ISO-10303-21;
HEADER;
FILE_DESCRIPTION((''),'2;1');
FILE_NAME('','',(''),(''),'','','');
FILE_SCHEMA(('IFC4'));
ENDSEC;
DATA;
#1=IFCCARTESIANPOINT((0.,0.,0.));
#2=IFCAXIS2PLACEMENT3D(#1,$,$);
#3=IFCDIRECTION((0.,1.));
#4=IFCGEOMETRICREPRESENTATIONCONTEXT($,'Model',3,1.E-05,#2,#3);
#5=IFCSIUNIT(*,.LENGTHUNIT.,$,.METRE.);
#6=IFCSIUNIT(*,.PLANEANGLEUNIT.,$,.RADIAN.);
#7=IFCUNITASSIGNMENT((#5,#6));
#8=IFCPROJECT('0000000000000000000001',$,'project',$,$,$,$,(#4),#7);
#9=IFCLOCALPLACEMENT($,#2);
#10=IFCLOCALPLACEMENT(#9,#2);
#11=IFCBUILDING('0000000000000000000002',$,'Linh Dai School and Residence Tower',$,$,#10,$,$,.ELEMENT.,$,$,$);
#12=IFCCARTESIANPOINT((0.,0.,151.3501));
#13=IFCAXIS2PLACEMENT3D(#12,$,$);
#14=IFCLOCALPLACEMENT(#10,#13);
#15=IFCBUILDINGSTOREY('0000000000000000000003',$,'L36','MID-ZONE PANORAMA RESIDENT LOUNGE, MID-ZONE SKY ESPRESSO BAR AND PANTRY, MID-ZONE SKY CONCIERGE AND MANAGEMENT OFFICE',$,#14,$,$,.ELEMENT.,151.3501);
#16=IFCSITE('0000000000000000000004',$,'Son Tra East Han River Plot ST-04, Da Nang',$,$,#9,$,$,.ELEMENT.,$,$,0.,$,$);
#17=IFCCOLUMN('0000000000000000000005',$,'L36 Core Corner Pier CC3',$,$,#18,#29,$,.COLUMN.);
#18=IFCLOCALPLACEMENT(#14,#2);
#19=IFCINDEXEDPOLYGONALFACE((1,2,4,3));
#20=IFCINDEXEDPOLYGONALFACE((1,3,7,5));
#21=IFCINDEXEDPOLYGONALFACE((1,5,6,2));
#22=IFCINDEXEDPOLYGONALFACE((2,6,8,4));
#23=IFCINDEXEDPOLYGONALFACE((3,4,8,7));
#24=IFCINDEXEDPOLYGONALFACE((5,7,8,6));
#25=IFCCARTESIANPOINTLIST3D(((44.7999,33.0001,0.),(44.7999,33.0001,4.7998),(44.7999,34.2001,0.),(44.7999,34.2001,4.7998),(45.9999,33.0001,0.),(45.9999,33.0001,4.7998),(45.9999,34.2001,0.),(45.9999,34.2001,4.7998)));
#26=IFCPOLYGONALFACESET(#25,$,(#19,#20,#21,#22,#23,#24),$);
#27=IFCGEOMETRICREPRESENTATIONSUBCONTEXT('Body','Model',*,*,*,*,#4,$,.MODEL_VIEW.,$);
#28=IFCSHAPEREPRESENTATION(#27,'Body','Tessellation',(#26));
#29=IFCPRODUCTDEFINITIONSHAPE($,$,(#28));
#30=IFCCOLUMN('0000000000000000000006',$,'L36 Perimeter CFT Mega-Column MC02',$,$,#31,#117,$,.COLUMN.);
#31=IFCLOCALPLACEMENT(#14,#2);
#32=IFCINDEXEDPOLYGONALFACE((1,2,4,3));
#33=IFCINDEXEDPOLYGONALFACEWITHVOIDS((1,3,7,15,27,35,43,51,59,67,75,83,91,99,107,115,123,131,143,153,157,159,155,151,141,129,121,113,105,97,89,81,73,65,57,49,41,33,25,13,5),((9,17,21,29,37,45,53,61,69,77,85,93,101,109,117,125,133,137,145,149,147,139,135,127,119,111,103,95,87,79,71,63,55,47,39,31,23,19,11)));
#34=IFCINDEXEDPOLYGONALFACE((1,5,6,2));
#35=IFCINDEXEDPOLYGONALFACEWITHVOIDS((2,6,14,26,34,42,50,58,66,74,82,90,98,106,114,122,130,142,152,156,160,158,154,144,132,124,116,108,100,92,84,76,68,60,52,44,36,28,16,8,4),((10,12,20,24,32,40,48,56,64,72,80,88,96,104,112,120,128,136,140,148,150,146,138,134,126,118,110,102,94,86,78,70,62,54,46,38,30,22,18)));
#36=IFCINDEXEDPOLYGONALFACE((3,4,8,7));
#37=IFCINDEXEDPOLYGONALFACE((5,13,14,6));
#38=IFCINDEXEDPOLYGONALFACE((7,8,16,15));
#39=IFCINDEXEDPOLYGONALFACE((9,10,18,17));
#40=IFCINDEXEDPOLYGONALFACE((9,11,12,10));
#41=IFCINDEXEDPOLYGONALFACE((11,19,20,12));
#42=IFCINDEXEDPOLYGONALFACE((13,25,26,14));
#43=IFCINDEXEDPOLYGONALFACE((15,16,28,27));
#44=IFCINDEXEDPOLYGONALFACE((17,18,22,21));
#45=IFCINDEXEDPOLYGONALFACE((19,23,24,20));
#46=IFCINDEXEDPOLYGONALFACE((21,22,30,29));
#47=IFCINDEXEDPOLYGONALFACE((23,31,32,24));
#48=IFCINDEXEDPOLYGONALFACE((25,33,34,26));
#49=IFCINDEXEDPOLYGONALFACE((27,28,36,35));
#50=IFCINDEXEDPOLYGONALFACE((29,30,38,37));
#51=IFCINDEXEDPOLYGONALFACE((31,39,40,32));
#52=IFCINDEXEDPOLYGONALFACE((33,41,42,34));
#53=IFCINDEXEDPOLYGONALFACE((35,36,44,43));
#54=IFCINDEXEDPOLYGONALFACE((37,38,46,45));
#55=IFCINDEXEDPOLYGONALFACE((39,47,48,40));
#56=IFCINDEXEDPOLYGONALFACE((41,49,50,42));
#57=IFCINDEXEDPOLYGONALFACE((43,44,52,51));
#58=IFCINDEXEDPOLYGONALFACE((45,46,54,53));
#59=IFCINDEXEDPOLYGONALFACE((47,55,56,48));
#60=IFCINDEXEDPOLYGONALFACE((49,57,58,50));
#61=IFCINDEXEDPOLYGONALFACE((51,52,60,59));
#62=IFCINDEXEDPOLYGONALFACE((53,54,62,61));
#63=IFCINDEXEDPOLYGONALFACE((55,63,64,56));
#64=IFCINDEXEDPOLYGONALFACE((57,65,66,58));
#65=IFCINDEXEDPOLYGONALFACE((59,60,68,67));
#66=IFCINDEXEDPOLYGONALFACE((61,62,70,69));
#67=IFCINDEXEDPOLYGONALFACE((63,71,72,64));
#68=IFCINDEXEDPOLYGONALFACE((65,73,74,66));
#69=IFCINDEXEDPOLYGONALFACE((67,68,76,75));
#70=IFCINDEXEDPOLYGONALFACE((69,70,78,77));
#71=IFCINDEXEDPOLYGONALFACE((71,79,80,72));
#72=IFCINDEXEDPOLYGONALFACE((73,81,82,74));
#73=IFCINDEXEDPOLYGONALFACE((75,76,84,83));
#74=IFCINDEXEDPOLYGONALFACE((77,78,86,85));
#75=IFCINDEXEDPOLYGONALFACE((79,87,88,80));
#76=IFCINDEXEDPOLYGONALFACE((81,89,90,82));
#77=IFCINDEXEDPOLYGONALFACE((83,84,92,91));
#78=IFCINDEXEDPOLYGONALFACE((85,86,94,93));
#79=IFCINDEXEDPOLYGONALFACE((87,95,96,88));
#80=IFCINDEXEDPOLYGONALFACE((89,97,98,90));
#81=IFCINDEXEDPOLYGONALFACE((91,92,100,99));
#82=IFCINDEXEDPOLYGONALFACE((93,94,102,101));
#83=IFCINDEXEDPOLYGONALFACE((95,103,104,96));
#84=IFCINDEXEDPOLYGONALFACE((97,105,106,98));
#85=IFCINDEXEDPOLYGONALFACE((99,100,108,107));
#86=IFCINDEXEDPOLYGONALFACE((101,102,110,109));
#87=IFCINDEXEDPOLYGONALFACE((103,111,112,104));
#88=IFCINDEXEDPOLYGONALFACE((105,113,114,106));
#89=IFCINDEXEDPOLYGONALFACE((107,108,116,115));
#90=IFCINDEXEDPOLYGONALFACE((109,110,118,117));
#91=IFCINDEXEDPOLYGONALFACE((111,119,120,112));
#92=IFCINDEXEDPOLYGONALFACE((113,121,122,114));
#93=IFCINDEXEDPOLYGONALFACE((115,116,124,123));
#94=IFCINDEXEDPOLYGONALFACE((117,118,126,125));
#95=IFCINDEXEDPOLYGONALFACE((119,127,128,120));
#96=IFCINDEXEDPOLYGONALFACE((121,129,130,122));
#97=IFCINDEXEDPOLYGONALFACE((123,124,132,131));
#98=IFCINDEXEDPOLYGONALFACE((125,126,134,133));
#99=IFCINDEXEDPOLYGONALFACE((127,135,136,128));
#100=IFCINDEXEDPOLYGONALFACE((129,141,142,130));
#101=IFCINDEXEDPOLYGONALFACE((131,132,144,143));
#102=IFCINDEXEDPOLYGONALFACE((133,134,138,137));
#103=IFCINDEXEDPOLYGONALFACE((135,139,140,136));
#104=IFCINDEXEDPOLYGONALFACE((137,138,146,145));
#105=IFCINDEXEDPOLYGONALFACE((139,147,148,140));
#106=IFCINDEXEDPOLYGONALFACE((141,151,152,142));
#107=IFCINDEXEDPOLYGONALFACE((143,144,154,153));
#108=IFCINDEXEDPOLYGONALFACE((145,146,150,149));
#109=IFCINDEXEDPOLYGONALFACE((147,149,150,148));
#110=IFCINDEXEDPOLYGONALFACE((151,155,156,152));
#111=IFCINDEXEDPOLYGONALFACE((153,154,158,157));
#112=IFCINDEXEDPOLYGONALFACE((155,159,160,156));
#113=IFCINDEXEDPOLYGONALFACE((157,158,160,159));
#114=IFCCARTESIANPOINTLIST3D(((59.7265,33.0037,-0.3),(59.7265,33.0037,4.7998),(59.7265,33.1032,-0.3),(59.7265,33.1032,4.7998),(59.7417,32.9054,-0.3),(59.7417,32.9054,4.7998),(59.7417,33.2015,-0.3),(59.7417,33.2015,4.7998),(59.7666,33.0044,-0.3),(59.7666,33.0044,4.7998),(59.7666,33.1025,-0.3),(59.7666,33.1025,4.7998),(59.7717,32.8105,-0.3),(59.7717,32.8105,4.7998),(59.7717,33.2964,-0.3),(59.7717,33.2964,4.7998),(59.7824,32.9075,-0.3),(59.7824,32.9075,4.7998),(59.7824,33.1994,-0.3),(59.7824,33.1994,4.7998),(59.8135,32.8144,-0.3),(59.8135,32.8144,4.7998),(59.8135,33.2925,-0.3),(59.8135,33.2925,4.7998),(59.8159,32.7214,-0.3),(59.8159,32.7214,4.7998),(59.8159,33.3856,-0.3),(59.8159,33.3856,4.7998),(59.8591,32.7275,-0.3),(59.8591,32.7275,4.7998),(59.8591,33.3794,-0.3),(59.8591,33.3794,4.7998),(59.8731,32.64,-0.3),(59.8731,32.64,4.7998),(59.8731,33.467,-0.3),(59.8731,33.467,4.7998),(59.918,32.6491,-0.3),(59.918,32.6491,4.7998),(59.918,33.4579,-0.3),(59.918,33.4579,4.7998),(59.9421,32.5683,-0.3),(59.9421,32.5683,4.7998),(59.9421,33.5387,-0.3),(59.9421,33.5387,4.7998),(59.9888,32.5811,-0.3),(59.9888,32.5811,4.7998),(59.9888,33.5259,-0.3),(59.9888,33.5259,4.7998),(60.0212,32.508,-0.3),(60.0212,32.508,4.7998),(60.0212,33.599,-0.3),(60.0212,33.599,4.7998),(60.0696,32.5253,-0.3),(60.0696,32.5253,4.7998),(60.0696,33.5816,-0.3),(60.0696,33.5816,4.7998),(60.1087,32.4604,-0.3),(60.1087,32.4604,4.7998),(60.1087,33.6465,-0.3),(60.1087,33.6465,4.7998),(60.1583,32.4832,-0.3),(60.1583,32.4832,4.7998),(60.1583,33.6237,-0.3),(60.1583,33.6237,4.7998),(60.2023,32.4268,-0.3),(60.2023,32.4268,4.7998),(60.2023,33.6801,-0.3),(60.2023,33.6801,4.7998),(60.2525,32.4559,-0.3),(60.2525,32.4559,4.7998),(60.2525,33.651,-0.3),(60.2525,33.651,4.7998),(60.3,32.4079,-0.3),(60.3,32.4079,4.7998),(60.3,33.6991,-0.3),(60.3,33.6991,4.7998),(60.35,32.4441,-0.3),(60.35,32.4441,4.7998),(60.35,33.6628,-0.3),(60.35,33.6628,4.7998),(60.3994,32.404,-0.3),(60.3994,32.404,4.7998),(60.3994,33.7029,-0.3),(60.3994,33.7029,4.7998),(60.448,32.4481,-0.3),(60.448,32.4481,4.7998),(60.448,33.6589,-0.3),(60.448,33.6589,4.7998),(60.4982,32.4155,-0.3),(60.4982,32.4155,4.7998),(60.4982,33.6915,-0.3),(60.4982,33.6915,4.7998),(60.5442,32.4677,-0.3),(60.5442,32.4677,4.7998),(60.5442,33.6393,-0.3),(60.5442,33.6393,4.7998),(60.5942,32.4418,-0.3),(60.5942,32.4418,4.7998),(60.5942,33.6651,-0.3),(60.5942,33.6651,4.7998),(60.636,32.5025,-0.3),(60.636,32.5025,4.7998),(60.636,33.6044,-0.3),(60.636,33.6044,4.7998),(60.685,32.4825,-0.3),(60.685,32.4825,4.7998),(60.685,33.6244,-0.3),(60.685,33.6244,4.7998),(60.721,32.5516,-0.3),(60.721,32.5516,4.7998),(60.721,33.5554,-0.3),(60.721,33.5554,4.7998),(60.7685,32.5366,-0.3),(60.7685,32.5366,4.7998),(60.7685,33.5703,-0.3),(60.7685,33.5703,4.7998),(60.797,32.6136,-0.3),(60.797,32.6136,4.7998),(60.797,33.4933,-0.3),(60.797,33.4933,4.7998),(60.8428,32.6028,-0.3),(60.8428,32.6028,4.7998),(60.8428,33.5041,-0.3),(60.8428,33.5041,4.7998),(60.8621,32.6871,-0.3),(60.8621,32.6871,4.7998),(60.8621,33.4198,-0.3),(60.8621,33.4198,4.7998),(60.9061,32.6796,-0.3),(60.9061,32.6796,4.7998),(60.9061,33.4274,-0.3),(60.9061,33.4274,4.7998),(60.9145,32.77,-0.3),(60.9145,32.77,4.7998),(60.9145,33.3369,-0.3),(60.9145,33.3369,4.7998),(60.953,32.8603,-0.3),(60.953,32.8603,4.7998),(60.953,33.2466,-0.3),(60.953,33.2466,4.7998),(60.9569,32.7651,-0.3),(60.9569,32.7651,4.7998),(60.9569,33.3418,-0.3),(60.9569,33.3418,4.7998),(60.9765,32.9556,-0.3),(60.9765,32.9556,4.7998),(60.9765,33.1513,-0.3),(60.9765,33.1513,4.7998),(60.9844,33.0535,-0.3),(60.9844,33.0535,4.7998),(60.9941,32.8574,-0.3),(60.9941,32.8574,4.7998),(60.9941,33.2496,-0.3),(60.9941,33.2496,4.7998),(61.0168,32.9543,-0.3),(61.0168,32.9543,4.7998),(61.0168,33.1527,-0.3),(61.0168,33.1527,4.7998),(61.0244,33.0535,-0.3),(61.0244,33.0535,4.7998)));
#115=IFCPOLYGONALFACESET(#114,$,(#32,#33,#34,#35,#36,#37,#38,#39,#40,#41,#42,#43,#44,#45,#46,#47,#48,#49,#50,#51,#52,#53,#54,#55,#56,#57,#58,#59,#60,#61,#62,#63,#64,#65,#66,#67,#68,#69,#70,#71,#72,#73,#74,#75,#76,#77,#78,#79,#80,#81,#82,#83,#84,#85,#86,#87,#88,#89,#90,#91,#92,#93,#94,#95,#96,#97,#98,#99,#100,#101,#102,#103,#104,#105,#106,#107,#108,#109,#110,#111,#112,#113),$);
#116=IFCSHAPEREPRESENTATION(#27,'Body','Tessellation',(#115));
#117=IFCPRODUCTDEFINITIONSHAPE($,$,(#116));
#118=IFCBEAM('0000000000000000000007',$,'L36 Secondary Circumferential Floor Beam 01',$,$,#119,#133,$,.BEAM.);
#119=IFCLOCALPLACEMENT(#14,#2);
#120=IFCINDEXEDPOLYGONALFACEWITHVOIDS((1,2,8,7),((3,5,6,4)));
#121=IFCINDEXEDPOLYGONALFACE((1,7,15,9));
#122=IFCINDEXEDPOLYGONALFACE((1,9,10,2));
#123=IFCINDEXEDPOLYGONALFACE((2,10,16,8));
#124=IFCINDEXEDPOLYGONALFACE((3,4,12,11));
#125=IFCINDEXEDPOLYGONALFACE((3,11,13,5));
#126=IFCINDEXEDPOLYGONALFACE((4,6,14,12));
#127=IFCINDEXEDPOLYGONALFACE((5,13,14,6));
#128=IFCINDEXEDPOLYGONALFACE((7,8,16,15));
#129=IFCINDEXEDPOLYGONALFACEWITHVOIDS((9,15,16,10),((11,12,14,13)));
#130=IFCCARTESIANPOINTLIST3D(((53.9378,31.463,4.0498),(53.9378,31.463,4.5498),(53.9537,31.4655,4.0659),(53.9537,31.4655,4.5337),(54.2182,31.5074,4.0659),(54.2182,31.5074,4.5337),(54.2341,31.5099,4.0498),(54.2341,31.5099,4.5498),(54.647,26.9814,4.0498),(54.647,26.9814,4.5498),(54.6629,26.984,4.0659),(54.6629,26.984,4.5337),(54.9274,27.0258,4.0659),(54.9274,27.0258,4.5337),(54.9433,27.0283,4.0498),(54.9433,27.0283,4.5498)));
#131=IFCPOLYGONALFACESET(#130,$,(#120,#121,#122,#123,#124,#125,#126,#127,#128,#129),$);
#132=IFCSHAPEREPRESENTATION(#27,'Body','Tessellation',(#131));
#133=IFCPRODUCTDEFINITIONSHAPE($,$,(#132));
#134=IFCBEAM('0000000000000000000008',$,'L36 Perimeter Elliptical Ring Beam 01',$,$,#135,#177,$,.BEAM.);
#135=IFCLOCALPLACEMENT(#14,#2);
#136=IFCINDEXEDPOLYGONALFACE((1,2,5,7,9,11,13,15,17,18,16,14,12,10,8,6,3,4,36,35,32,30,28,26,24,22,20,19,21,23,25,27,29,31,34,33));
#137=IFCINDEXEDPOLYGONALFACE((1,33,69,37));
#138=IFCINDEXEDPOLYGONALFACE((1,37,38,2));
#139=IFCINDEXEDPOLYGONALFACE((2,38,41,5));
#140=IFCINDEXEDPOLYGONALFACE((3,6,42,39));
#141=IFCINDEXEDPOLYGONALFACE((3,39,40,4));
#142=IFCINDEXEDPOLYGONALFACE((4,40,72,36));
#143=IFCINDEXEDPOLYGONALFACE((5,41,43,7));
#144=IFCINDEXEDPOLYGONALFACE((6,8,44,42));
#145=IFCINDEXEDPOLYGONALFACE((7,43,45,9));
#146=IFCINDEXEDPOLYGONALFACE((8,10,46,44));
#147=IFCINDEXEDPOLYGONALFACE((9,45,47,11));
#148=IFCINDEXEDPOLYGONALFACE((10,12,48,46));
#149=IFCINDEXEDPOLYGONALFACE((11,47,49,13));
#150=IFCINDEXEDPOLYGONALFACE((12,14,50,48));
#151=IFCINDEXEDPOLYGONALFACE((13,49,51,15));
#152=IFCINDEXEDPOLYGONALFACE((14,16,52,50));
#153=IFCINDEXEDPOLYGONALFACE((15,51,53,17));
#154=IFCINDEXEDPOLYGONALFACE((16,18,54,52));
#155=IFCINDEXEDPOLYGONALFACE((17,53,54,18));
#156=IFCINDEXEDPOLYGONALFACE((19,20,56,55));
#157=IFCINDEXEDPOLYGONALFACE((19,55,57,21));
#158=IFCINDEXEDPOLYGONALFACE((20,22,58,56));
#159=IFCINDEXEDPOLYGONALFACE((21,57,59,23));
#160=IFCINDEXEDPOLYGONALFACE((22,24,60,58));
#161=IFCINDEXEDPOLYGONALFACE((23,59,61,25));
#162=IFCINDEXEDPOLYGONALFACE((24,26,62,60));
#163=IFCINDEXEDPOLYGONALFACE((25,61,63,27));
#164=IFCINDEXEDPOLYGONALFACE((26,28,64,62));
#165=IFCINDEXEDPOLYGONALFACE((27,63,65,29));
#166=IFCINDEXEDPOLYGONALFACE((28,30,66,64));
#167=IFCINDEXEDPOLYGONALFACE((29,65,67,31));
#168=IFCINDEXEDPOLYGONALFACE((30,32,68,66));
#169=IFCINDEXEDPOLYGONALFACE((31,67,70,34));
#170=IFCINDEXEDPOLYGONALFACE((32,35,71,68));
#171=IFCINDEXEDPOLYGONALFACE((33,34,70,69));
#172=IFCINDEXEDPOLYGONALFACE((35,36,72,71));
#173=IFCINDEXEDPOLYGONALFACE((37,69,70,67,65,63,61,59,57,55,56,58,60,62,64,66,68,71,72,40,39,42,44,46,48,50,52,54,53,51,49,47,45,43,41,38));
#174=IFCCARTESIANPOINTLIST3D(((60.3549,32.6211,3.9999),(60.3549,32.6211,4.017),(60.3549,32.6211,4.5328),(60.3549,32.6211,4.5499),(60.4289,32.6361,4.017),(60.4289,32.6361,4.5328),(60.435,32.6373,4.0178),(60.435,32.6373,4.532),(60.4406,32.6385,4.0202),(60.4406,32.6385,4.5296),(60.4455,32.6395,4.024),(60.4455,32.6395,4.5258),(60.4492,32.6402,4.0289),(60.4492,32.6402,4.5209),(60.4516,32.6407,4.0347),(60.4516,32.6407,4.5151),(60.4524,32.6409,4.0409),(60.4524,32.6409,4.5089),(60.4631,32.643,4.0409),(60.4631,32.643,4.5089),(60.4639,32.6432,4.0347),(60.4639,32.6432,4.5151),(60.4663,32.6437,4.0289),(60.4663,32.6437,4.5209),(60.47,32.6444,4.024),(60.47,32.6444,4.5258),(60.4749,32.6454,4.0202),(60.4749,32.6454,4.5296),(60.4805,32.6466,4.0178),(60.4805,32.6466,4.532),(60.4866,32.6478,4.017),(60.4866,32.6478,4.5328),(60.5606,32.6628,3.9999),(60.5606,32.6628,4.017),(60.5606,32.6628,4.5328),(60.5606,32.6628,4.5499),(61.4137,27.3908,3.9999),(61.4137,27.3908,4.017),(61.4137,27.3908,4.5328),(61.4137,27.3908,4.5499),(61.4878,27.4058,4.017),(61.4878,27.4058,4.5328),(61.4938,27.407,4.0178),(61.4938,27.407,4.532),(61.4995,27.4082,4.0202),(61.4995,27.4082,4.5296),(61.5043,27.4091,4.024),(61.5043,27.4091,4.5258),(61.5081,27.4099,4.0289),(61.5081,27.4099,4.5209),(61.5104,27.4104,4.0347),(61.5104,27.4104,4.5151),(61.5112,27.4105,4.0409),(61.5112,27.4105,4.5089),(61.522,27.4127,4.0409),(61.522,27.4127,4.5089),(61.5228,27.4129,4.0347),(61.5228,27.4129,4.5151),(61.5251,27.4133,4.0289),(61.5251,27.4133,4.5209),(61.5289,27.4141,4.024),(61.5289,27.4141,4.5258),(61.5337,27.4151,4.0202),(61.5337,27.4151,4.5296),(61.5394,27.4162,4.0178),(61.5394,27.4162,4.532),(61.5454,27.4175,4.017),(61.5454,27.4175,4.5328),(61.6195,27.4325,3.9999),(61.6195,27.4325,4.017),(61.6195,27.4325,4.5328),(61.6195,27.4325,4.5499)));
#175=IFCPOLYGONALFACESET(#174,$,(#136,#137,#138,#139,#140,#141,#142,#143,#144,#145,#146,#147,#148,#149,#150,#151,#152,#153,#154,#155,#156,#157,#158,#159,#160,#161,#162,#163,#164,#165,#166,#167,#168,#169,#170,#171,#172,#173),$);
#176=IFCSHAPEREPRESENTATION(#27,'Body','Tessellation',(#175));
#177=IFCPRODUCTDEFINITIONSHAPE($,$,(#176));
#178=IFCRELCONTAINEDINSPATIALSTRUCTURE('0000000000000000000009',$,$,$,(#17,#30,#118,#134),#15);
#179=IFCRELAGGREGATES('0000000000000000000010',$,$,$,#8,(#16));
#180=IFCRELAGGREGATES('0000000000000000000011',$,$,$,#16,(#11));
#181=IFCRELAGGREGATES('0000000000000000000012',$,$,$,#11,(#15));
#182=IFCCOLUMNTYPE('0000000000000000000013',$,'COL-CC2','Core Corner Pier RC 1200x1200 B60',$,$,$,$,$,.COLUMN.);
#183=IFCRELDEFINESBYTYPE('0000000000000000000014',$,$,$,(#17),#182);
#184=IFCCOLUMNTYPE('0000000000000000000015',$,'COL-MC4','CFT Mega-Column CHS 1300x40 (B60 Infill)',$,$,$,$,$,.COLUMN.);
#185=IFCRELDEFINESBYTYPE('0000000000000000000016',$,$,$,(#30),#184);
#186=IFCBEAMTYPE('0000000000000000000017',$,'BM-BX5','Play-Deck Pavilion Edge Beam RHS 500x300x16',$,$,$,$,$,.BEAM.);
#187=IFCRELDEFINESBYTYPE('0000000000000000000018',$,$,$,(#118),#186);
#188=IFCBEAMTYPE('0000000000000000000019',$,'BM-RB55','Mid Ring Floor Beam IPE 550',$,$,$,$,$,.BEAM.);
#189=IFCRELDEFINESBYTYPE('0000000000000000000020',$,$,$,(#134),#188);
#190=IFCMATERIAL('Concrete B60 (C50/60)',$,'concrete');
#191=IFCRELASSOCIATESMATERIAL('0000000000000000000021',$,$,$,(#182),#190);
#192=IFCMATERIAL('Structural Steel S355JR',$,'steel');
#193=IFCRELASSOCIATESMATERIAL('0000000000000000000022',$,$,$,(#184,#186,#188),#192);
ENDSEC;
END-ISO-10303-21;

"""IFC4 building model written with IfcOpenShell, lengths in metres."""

from ifc_helpers import new_model, si_unit, direction, frame, origin, origin_2d, place, context, subcontext, project, spatial, rectangle, hollow_rectangle, hollow_circle, i_section, extrude, material, material_profile, profile_set, type_object, element, save


model = new_model("IFC4")

# Units and contexts
model_context = context("Model", 3, precision=1e-05, world=origin(), true_north=direction((0.0, 1.0)))
body_context = subcontext(model_context, "Body", "Model", "MODEL_VIEW")
ifc_project = project(units=[si_unit("LENGTHUNIT", "METRE"), si_unit("PLANEANGLEUNIT", "RADIAN")], contexts=[model_context])

# Site, building, storey
site_placement = place(None, origin())
site = spatial("IfcSite", under=ifc_project, at=site_placement, Name="Son Tra East Han River Plot ST-04, Da Nang", CompositionType="ELEMENT", RefElevation=0.0)
building_placement = place(site_placement, origin())
building = spatial("IfcBuilding", under=site, at=building_placement, Name="Linh Dai School and Residence Tower", CompositionType="ELEMENT")
storey_placement = place(building_placement, frame((0.0, 0.0, 151.3501)))
storey = spatial("IfcBuildingStorey", under=building, at=storey_placement, Name="L36", Description="MID-ZONE PANORAMA RESIDENT LOUNGE, MID-ZONE SKY ESPRESSO BAR AND PANTRY, MID-ZONE SKY CONCIERGE AND MANAGEMENT OFFICE", CompositionType="ELEMENT", Elevation=151.3501)

# Columns
ifc_material_1 = material(Name="Concrete B60 (C50/60)", Category="concrete")
ifc_material_profile_1 = material_profile(ifc_material_1, rectangle(XDim=1.2, YDim=1.2, at=origin_2d()), Name="RC 1200x1200")
ifc_profile_set_1 = profile_set([ifc_material_profile_1], Name="Concrete B60 (C50/60)")
column_type_1 = type_object("IfcColumnType", Name="COL-CC2", Description="Core Corner Pier RC 1200x1200 B60", PredefinedType="COLUMN", material=ifc_profile_set_1)
column_1_placement = place(storey_placement, frame((45.3999, 33.6001, 0.0), z_axis=(0.0, 0.0, 1.0), x_axis=(1.0, 0.0, 0.0)))
element("IfcColumn", 1, at=column_1_placement, inside=storey, type_object=column_type_1, Name="L36 Core Corner Pier CC3", PredefinedType="COLUMN", context=body_context, shape_type="SweptSolid", body=[
    extrude(rectangle(XDim=1.2, YDim=1.2, at=origin_2d()), origin(), (0.0, 0.0, 1.0), 4.7998),
])
ifc_material_2 = material(Name="Structural Steel S355JR", Category="steel")
ifc_material_profile_2 = material_profile(ifc_material_2, hollow_circle(Radius=0.6499, WallThickness=0.04, at=origin_2d()), Name="CHS 1300x40")
ifc_profile_set_2 = profile_set([ifc_material_profile_2], Name="Structural Steel S355JR")
column_type_2 = type_object("IfcColumnType", Name="COL-MC4", Description="CFT Mega-Column CHS 1300x40 (B60 Infill)", PredefinedType="COLUMN", material=ifc_profile_set_2)
column_2_placement = place(storey_placement, frame((60.3745, 33.0535, -0.3), z_axis=(0.0, 0.0, 1.0), x_axis=(1.0, 0.0, 0.0)))
element("IfcColumn", 2, at=column_2_placement, inside=storey, type_object=column_type_2, Name="L36 Perimeter CFT Mega-Column MC02", PredefinedType="COLUMN", context=body_context, shape_type="SweptSolid", body=[
    extrude(hollow_circle(Radius=0.6499, WallThickness=0.04, at=origin_2d()), origin(), (0.0, 0.0, 1.0), 5.0999),
])

# Beams
ifc_material_profile_3 = material_profile(ifc_material_2, hollow_rectangle(XDim=0.3, YDim=0.5, WallThickness=0.0161, at=origin_2d()), Name="RHS 500x300x16")
ifc_profile_set_3 = profile_set([ifc_material_profile_3], Name="Structural Steel S355JR")
beam_type_1 = type_object("IfcBeamType", Name="BM-BX5", Description="Play-Deck Pavilion Edge Beam RHS 500x300x16", PredefinedType="BEAM", material=ifc_profile_set_3)
beam_1_placement = place(storey_placement, frame((54.7952, 27.0049, 4.2998), z_axis=(-0.156305, 0.987709, 0.0), x_axis=(-0.987709, -0.156305, 0.0)))
element("IfcBeam", 3, at=beam_1_placement, inside=storey, type_object=beam_type_1, Name="L36 Secondary Circumferential Floor Beam 01", PredefinedType="BEAM", context=body_context, shape_type="SweptSolid", body=[
    extrude(hollow_rectangle(XDim=0.3, YDim=0.5, WallThickness=0.0161, at=origin_2d()), origin(), (0.0, 0.0, 1.0), 4.5374),
])
ifc_material_profile_4 = material_profile(ifc_material_2, i_section(OverallWidth=0.21, OverallDepth=0.55, WebThickness=0.011, FlangeThickness=0.0171, FilletRadius=0.0239, at=origin_2d()), Name="IPE 550")
ifc_profile_set_4 = profile_set([ifc_material_profile_4], Name="Structural Steel S355JR")
beam_type_2 = type_object("IfcBeamType", Name="BM-RB55", Description="Mid Ring Floor Beam IPE 550", PredefinedType="BEAM", material=ifc_profile_set_4)
beam_2_placement = place(storey_placement, frame((61.5166, 27.4116, 4.2749), z_axis=(-0.198421, 0.980117, 0.0), x_axis=(-0.980117, -0.198421, 0.0)))
element("IfcBeam", 4, at=beam_2_placement, inside=storey, type_object=beam_type_2, Name="L36 Perimeter Elliptical Ring Beam 01", PredefinedType="BEAM", context=body_context, shape_type="SweptSolid", body=[
    extrude(i_section(OverallWidth=0.21, OverallDepth=0.55, WebThickness=0.011, FlangeThickness=0.0171, FilletRadius=0.0239, at=origin_2d()), origin(), (0.0, 0.0, 1.0), 5.3364),
])

save(model, "model.ifc")
